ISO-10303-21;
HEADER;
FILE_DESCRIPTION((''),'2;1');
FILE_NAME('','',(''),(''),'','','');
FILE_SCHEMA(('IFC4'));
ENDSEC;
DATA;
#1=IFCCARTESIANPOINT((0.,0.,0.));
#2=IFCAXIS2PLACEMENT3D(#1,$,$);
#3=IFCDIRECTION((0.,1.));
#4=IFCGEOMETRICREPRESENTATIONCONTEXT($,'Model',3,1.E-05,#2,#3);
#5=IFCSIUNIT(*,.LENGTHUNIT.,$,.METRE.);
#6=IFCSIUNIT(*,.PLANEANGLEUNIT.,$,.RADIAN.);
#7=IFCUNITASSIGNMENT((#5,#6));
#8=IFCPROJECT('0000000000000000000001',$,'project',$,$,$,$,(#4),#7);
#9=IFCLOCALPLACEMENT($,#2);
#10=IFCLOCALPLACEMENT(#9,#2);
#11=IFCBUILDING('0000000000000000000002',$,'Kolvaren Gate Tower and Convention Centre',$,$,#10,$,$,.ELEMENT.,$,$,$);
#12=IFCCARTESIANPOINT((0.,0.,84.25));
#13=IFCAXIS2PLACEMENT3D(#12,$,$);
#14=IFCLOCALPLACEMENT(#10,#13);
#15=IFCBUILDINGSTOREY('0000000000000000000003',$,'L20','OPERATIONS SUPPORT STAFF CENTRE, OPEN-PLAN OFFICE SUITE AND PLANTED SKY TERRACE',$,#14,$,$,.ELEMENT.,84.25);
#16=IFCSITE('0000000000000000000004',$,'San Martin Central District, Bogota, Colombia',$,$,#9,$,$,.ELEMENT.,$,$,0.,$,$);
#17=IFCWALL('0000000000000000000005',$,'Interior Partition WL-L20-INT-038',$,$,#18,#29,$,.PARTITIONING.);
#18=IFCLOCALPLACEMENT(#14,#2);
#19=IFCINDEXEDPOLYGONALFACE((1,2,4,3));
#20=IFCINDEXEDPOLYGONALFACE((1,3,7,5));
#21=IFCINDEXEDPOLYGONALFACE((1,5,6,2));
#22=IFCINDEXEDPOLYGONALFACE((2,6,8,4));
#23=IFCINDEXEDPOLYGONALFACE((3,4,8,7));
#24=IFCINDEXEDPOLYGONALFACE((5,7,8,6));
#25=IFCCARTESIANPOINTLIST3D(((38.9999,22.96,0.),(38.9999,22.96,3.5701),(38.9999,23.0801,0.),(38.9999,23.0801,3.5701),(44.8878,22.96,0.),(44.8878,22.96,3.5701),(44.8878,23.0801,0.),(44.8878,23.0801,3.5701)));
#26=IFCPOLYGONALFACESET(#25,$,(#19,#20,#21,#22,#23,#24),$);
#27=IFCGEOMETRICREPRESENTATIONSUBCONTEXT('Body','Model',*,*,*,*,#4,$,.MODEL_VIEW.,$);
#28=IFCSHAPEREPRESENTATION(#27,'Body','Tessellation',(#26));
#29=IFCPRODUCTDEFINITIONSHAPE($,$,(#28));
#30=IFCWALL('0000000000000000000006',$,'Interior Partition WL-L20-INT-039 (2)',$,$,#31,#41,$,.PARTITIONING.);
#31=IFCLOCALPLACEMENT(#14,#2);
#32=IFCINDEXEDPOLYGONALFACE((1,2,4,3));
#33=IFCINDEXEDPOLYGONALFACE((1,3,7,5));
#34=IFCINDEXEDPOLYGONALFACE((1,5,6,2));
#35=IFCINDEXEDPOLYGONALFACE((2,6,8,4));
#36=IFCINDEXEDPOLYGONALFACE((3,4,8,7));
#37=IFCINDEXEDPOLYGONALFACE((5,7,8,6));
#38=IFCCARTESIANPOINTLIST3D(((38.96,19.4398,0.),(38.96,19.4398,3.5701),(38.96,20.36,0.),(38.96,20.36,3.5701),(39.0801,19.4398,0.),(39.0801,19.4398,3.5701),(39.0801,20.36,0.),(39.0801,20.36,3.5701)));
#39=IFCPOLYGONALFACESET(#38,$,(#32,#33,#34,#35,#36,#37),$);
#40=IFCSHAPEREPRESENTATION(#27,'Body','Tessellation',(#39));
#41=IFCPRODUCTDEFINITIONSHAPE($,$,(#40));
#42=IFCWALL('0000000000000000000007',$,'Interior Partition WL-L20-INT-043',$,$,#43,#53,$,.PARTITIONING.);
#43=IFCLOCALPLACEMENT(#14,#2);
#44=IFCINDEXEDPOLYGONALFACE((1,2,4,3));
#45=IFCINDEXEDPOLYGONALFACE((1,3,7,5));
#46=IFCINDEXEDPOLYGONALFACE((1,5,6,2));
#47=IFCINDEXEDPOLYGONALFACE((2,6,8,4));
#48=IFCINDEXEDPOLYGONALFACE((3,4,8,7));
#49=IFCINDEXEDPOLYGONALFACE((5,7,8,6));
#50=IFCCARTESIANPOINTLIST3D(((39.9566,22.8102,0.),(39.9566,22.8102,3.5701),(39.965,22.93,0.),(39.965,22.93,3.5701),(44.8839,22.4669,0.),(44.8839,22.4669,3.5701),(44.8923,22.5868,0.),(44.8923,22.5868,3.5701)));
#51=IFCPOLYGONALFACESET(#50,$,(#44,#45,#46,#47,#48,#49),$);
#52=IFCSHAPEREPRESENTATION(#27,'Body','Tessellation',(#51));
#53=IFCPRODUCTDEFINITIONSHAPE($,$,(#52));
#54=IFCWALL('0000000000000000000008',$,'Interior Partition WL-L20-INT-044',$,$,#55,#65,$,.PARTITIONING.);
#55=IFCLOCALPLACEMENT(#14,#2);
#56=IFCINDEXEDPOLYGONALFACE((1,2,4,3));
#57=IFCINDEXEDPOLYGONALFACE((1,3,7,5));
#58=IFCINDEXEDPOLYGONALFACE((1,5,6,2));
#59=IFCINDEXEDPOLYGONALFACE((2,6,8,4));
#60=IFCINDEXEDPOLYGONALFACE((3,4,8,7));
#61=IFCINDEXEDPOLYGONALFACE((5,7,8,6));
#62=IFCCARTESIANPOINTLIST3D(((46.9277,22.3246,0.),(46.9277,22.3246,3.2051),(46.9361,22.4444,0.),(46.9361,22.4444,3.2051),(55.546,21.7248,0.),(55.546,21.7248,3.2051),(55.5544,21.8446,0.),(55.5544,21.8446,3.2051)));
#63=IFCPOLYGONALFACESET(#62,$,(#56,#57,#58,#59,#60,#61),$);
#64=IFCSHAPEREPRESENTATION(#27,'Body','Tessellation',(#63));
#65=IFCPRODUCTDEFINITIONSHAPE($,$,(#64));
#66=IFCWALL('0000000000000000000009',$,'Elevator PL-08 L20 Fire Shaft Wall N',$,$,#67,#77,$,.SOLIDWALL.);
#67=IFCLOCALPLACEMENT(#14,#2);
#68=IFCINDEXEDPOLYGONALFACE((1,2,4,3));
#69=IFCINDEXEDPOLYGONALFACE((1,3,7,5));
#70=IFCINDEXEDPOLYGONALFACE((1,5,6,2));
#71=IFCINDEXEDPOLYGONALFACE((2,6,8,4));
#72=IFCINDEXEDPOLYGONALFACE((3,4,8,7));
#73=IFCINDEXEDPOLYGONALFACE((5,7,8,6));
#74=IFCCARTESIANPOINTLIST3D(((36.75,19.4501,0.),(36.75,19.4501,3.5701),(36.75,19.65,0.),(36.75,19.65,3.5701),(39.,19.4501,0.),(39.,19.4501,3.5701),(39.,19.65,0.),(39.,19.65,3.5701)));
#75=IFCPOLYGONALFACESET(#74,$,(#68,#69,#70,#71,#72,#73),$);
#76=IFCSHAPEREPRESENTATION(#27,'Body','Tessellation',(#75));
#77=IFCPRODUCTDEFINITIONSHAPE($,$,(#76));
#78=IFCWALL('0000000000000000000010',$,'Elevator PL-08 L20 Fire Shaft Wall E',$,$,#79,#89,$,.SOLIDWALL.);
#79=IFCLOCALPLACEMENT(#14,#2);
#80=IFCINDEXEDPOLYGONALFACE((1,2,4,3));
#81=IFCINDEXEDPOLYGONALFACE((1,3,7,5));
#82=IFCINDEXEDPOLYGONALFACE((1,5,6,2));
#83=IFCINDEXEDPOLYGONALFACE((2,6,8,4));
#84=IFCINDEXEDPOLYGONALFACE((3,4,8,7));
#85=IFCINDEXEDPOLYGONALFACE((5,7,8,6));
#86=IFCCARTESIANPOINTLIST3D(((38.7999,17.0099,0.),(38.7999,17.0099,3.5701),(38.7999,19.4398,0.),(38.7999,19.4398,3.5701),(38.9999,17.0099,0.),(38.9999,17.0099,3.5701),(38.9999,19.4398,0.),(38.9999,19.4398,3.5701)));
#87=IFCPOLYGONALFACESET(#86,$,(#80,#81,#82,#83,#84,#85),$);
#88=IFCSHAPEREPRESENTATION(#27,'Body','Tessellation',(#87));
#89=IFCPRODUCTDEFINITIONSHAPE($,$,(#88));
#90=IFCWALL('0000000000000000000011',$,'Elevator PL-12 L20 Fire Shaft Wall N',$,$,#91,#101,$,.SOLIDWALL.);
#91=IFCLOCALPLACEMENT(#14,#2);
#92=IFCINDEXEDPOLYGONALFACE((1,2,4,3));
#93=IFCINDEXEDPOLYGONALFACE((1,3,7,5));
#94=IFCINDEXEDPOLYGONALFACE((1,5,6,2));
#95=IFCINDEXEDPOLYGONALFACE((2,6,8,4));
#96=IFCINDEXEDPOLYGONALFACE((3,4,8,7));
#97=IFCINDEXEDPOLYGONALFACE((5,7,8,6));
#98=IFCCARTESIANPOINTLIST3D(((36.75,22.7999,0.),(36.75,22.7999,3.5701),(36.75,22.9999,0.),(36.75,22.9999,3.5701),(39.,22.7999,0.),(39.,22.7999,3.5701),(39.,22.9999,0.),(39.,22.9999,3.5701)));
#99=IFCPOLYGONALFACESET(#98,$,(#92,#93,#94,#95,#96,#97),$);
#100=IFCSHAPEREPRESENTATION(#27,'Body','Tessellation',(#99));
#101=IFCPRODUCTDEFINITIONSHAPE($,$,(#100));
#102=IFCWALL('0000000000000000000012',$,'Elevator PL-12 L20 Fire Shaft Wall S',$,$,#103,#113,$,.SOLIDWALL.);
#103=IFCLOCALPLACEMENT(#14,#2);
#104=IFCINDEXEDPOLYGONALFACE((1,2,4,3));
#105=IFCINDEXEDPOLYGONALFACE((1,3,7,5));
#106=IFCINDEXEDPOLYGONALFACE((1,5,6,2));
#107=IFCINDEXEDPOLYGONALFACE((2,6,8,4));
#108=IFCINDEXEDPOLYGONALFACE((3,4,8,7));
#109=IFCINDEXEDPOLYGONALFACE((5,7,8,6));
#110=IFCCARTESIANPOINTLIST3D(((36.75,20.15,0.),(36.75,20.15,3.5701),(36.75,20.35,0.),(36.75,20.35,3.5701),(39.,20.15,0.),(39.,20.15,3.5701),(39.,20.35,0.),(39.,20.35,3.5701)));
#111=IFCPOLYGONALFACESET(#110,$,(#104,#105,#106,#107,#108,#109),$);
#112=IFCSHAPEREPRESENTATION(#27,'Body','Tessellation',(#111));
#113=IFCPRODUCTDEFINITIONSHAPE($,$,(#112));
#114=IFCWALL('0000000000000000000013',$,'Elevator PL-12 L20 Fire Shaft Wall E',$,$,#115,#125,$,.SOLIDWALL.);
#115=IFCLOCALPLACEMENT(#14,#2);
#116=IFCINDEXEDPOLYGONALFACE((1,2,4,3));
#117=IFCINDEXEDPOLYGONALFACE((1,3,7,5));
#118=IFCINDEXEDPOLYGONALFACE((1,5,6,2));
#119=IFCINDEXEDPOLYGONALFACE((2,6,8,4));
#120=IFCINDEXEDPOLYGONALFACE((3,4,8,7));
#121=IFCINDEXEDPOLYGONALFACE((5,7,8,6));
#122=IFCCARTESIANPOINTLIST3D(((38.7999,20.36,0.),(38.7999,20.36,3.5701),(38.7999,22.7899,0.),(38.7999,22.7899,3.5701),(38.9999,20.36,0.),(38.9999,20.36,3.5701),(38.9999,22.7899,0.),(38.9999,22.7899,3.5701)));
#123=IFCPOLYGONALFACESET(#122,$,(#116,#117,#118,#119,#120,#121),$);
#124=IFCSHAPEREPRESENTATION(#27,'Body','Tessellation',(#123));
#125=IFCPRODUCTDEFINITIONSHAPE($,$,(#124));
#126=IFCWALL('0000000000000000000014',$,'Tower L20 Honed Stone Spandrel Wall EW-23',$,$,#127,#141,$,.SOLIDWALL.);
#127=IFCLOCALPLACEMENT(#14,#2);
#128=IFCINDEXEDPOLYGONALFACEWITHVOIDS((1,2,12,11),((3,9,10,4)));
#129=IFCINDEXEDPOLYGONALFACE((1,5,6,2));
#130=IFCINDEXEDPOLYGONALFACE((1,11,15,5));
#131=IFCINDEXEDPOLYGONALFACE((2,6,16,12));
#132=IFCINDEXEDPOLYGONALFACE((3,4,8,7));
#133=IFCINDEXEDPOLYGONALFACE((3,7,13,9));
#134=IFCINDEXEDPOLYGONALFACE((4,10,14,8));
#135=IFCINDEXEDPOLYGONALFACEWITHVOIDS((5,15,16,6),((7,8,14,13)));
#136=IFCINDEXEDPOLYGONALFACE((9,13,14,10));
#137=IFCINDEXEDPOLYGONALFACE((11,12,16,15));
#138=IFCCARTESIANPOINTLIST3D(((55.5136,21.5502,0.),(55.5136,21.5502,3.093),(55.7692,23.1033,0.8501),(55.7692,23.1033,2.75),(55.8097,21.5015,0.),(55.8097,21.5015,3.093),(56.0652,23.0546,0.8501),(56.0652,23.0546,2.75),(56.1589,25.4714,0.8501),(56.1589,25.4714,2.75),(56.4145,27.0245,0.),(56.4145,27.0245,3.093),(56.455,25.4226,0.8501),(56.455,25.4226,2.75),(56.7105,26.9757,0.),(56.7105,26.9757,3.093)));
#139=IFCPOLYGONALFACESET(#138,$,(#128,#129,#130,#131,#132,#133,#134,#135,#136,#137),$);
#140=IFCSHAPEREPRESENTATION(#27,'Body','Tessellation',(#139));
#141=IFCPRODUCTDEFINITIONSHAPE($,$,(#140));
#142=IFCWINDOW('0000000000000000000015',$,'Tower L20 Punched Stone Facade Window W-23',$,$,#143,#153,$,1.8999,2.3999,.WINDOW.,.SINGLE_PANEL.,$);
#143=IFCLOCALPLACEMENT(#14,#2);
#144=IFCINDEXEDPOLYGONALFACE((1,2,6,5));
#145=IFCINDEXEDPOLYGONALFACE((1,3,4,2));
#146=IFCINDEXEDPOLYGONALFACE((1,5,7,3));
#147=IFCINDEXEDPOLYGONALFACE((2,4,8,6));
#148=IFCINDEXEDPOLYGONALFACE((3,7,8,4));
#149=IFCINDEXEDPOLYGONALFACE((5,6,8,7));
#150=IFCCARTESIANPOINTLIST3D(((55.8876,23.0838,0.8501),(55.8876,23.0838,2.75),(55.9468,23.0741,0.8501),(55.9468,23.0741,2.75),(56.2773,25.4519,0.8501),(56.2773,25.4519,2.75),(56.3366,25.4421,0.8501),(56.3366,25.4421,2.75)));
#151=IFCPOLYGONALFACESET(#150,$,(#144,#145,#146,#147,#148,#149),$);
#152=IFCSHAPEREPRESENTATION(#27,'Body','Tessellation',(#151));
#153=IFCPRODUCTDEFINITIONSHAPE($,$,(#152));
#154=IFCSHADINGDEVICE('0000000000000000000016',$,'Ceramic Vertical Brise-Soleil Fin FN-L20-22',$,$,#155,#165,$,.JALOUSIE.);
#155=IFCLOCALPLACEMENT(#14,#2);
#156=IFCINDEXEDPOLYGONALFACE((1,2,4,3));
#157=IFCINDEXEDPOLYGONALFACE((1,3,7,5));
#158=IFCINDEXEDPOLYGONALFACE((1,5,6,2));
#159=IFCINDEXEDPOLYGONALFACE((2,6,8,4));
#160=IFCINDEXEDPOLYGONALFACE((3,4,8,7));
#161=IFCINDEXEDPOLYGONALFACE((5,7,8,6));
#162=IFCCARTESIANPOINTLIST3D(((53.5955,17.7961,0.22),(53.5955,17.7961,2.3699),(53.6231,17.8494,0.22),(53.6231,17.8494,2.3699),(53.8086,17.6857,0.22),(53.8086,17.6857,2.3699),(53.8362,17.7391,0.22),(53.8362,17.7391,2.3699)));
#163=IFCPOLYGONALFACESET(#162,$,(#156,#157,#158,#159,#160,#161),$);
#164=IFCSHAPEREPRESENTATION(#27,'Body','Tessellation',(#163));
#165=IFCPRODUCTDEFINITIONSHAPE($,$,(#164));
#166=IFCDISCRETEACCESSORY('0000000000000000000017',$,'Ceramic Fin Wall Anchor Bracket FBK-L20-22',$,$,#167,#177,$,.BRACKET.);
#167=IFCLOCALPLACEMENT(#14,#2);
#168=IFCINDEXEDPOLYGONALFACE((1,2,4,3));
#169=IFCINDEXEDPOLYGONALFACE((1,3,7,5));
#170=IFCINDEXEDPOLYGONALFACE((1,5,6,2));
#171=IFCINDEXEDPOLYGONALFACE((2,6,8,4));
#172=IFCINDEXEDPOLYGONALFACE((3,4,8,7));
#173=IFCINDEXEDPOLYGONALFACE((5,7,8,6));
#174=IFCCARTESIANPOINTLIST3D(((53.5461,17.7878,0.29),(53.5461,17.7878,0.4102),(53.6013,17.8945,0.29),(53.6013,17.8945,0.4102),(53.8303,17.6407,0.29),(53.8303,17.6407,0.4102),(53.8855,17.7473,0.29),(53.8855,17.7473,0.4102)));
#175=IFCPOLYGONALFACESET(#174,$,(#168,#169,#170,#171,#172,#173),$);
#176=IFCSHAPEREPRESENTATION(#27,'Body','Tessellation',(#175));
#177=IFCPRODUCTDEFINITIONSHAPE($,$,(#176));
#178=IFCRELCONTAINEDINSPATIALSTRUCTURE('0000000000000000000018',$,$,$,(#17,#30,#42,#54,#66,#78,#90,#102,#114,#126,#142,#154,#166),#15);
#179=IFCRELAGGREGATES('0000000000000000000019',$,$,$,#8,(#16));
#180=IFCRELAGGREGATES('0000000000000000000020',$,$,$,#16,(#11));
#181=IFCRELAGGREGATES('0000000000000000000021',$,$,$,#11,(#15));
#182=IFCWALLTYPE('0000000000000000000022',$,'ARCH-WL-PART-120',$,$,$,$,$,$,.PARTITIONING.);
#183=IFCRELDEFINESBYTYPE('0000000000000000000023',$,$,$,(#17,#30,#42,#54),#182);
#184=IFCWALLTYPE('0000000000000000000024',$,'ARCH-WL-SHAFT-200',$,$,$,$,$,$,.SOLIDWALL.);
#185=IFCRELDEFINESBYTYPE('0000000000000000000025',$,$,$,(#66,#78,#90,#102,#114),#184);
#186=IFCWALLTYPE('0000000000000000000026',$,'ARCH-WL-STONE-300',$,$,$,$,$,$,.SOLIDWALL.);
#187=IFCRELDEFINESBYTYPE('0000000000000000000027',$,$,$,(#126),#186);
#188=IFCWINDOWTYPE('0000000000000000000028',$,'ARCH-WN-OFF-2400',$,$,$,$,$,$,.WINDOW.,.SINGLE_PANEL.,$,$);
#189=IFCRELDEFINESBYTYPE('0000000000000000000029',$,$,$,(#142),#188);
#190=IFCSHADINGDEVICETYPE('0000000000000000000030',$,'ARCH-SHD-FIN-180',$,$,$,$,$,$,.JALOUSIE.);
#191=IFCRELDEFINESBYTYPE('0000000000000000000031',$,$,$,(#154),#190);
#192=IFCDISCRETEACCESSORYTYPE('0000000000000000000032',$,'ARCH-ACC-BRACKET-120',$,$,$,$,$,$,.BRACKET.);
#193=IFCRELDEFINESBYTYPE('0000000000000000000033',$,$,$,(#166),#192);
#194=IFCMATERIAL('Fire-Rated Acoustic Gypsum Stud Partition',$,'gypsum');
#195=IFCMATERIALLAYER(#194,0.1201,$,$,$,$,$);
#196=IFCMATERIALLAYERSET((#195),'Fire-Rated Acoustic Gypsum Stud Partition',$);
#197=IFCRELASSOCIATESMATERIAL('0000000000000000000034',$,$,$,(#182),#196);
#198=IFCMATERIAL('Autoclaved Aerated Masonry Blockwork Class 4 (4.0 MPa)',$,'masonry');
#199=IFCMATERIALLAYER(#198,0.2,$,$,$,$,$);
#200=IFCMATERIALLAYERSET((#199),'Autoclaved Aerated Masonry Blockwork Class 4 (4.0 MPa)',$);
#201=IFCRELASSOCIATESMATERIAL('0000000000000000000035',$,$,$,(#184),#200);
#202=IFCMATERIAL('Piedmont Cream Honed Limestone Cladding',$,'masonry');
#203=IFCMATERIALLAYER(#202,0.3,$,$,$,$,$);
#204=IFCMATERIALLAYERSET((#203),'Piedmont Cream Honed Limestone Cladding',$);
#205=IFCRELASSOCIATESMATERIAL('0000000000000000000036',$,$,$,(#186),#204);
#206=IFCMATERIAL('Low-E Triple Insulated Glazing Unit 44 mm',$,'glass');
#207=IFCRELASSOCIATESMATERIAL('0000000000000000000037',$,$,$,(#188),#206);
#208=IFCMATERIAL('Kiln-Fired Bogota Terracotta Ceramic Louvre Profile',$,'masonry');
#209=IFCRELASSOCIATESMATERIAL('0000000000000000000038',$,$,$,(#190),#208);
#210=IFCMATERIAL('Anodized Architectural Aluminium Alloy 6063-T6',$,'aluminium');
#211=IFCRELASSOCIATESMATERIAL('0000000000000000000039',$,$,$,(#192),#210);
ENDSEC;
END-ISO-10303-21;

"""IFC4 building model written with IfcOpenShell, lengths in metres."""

from ifc_helpers import new_model, si_unit, direction, frame, frame_2d, origin, origin_2d, place, context, subcontext, project, spatial, rectangle, extrude, material, layer, layer_set, type_object, element, fill, save


model = new_model("IFC4")

# Units and contexts
model_context = context("Model", 3, precision=1e-05, world=origin(), true_north=direction((0.0, 1.0)))
body_context = subcontext(model_context, "Body", "Model", "MODEL_VIEW")
ifc_project = project(units=[si_unit("LENGTHUNIT", "METRE"), si_unit("PLANEANGLEUNIT", "RADIAN")], contexts=[model_context])

# Site, building, storey
site_placement = place(None, origin())
site = spatial("IfcSite", under=ifc_project, at=site_placement, Name="San Martin Central District, Bogota, Colombia", CompositionType="ELEMENT", RefElevation=0.0)
building_placement = place(site_placement, origin())
building = spatial("IfcBuilding", under=site, at=building_placement, Name="Kolvaren Gate Tower and Convention Centre", CompositionType="ELEMENT")
storey_placement = place(building_placement, frame((0.0, 0.0, 84.25)))
storey = spatial("IfcBuildingStorey", under=building, at=storey_placement, Name="L20", Description="OPERATIONS SUPPORT STAFF CENTRE, OPEN-PLAN OFFICE SUITE AND PLANTED SKY TERRACE", CompositionType="ELEMENT", Elevation=84.25)

# Shared definitions
ifc_material_1 = material(Name="Fire-Rated Acoustic Gypsum Stud Partition", Category="gypsum")
ifc_layer_1 = layer(ifc_material_1, 0.1201)
ifc_layer_set_1 = layer_set([ifc_layer_1], Name="Fire-Rated Acoustic Gypsum Stud Partition")
wall_type_1 = type_object("IfcWallType", Name="ARCH-WL-PART-120", PredefinedType="PARTITIONING", material=ifc_layer_set_1)

# Walls
wall_1_placement = place(storey_placement, frame((39.0, 23.02, 0.0), z_axis=(0.0, 0.0, 1.0), x_axis=(1.0, 0.0, 0.0)))
element("IfcWall", 1, at=wall_1_placement, inside=storey, type_object=wall_type_1, Name="Interior Partition WL-L20-INT-038", PredefinedType="PARTITIONING", context=body_context, shape_type="SweptSolid", body=[
    extrude(rectangle(XDim=5.8879, YDim=0.1201, at=frame_2d((2.9438, 0.0))), origin(), (0.0, 0.0, 1.0), 3.5701),
])
wall_2_placement = place(storey_placement, frame((39.02, 19.4399, 0.0), z_axis=(0.0, 0.0, 1.0), x_axis=(0.0, 1.0, 0.0)))
element("IfcWall", 2, at=wall_2_placement, inside=storey, type_object=wall_type_1, Name="Interior Partition WL-L20-INT-039 (2)", PredefinedType="PARTITIONING", context=body_context, shape_type="SweptSolid", body=[
    extrude(rectangle(XDim=0.9202, YDim=0.1201, at=frame_2d((0.46, 0.0))), origin(), (0.0, 0.0, 1.0), 3.5701),
])
wall_3_placement = place(storey_placement, frame((39.9607, 22.8701, 0.0), z_axis=(0.0, 0.0, 1.0), x_axis=(0.997582, -0.069498, 0.0)))
element("IfcWall", 3, at=wall_3_placement, inside=storey, type_object=wall_type_1, Name="Interior Partition WL-L20-INT-043", PredefinedType="PARTITIONING", context=body_context, shape_type="SweptSolid", body=[
    extrude(rectangle(XDim=4.9392, YDim=0.1201, at=frame_2d((2.4697, 0.0))), origin(), (0.0, 0.0, 1.0), 3.5701),
])
wall_4_placement = place(storey_placement, frame((46.9319, 22.3845, 0.0), z_axis=(0.0, 0.0, 1.0), x_axis=(0.997587, -0.069433, 0.0)))
element("IfcWall", 4, at=wall_4_placement, inside=storey, type_object=wall_type_1, Name="Interior Partition WL-L20-INT-044", PredefinedType="PARTITIONING", context=body_context, shape_type="SweptSolid", body=[
    extrude(rectangle(XDim=8.6392, YDim=0.1201, at=frame_2d((4.3196, 0.0))), origin(), (0.0, 0.0, 1.0), 3.2051),
])
ifc_material_2 = material(Name="Autoclaved Aerated Masonry Blockwork Class 4 (4.0 MPa)", Category="masonry")
ifc_layer_2 = layer(ifc_material_2, 0.2)
ifc_layer_set_2 = layer_set([ifc_layer_2], Name="Autoclaved Aerated Masonry Blockwork Class 4 (4.0 MPa)")
wall_type_2 = type_object("IfcWallType", Name="ARCH-WL-SHAFT-200", PredefinedType="SOLIDWALL", material=ifc_layer_set_2)
wall_5_placement = place(storey_placement, frame((36.75, 19.55, 0.0), z_axis=(0.0, 0.0, 1.0), x_axis=(1.0, 0.0, 0.0)))
element("IfcWall", 5, at=wall_5_placement, inside=storey, type_object=wall_type_2, Name="Elevator PL-08 L20 Fire Shaft Wall N", PredefinedType="SOLIDWALL", context=body_context, shape_type="SweptSolid", body=[
    extrude(rectangle(XDim=2.25, YDim=0.2, at=frame_2d((1.125, 0.0))), origin(), (0.0, 0.0, 1.0), 3.5701),
])
wall_6_placement = place(storey_placement, frame((38.8999, 17.01, 0.0), z_axis=(0.0, 0.0, 1.0), x_axis=(0.0, 1.0, 0.0)))
element("IfcWall", 6, at=wall_6_placement, inside=storey, type_object=wall_type_2, Name="Elevator PL-08 L20 Fire Shaft Wall E", PredefinedType="SOLIDWALL", context=body_context, shape_type="SweptSolid", body=[
    extrude(rectangle(XDim=2.4299, YDim=0.2, at=frame_2d((1.2148, 0.0))), origin(), (0.0, 0.0, 1.0), 3.5701),
])
for number, where, z_axis, x_axis, name in (
    (7, (36.75, 22.8999, 0.0), (0.0, 0.0, 1.0), (1.0, 0.0, 0.0), "Elevator PL-12 L20 Fire Shaft Wall N"),
    (8, (36.75, 20.25, 0.0), (0.0, 0.0, 1.0), (1.0, 0.0, 0.0), "Elevator PL-12 L20 Fire Shaft Wall S"),
):
    element("IfcWall", number, at=place(storey_placement, frame(where, z_axis=z_axis, x_axis=x_axis)), inside=storey, type_object=wall_type_2, Name=name, PredefinedType="SOLIDWALL", context=body_context, shape_type="SweptSolid", body=[
        extrude(rectangle(XDim=2.25, YDim=0.2, at=frame_2d((1.125, 0.0))), origin(), (0.0, 0.0, 1.0), 3.5701),
    ])
wall_7_placement = place(storey_placement, frame((38.8999, 20.3601, 0.0), z_axis=(0.0, 0.0, 1.0), x_axis=(0.0, 1.0, 0.0)))
element("IfcWall", 9, at=wall_7_placement, inside=storey, type_object=wall_type_2, Name="Elevator PL-12 L20 Fire Shaft Wall E", PredefinedType="SOLIDWALL", context=body_context, shape_type="SweptSolid", body=[
    extrude(rectangle(XDim=2.4299, YDim=0.2, at=frame_2d((1.2148, 0.0))), origin(), (0.0, 0.0, 1.0), 3.5701),
])

# Wall, opening, window
ifc_material_3 = material(Name="Piedmont Cream Honed Limestone Cladding", Category="masonry")
ifc_layer_3 = layer(ifc_material_3, 0.3)
ifc_layer_set_3 = layer_set([ifc_layer_3], Name="Piedmont Cream Honed Limestone Cladding")
wall_type_3 = type_object("IfcWallType", Name="ARCH-WL-STONE-300", PredefinedType="SOLIDWALL", material=ifc_layer_set_3)
wall_8_placement = place(storey_placement, frame((55.6616, 21.5259, 0.0), z_axis=(0.0, 0.0, 1.0), x_axis=(0.162386, 0.986727, 0.0)))
wall_8 = element("IfcWall", 10, at=wall_8_placement, inside=storey, type_object=wall_type_3, Name="Tower L20 Honed Stone Spandrel Wall EW-23", PredefinedType="SOLIDWALL", context=body_context, shape_type="SweptSolid", body=[
    extrude(rectangle(XDim=5.5479, YDim=0.3, at=frame_2d((2.7739, 0.0))), origin(), (0.0, 0.0, 1.0), 3.093),
])
opening_1_placement = place(wall_8_placement, frame((1.574, 0.0, 0.8501)))
opening_1 = element("IfcOpeningElement", 11, at=opening_1_placement, cuts=wall_8, PredefinedType="OPENING", context=body_context, shape_type="SweptSolid", body=[
    extrude(rectangle(XDim=2.3999, YDim=1.8999, at=frame_2d((1.2, 0.95))), frame((0.0, 0.1599, 0.0), z_axis=(0.0, -1.0, 0.0), x_axis=(1.0, 0.0, 0.0)), (0.0, 0.0, 1.0), 0.3201),
])
ifc_material_4 = material(Name="Low-E Triple Insulated Glazing Unit 44 mm", Category="glass")
window_type = type_object("IfcWindowType", Name="ARCH-WN-OFF-2400", PartitioningType="SINGLE_PANEL", PredefinedType="WINDOW", material=ifc_material_4)
window_placement = place(opening_1_placement, origin())
window = element("IfcWindow", 12, at=window_placement, inside=storey, type_object=window_type, Name="Tower L20 Punched Stone Facade Window W-23", OverallHeight=1.8999, OverallWidth=2.3999, PartitioningType="SINGLE_PANEL", PredefinedType="WINDOW", context=body_context, shape_type="SweptSolid", body=[
    extrude(rectangle(XDim=2.3999, YDim=1.8999, at=frame_2d((1.2, 0.95))), frame((0.0, 0.03, 0.0), z_axis=(0.0, -1.0, 0.0), x_axis=(1.0, 0.0, 0.0)), (0.0, 0.0, 1.0), 0.0601),
])
fill(opening_1, window)

# Shading device
ifc_material_5 = material(Name="Kiln-Fired Bogota Terracotta Ceramic Louvre Profile", Category="masonry")
shading_device_type = type_object("IfcShadingDeviceType", Name="ARCH-SHD-FIN-180", PredefinedType="JALOUSIE", material=ifc_material_5)
shading_device_placement = place(storey_placement, frame((53.7158, 17.7676, 0.22), z_axis=(0.0, 0.0, 1.0), x_axis=(0.459802, 0.888022, 0.0)))
element("IfcShadingDevice", 13, at=shading_device_placement, inside=storey, type_object=shading_device_type, Name="Ceramic Vertical Brise-Soleil Fin FN-L20-22", PredefinedType="JALOUSIE", context=body_context, shape_type="SweptSolid", body=[
    extrude(rectangle(XDim=0.0601, YDim=0.24, at=origin_2d()), origin(), (0.0, 0.0, 1.0), 2.1499),
])

# Discrete accessory
ifc_material_6 = material(Name="Anodized Architectural Aluminium Alloy 6063-T6", Category="aluminium")
discrete_accessory_type = type_object("IfcDiscreteAccessoryType", Name="ARCH-ACC-BRACKET-120", PredefinedType="BRACKET", material=ifc_material_6)
discrete_accessory_placement = place(storey_placement, frame((53.7158, 17.7676, 0.29), z_axis=(0.0, 0.0, 1.0), x_axis=(0.459802, 0.888022, 0.0)))
element("IfcDiscreteAccessory", 14, at=discrete_accessory_placement, inside=storey, type_object=discrete_accessory_type, Name="Ceramic Fin Wall Anchor Bracket FBK-L20-22", PredefinedType="BRACKET", context=body_context, shape_type="SweptSolid", body=[
    extrude(rectangle(XDim=0.1201, YDim=0.3201, at=origin_2d()), origin(), (0.0, 0.0, 1.0), 0.1201),
])

save(model, "model.ifc")
